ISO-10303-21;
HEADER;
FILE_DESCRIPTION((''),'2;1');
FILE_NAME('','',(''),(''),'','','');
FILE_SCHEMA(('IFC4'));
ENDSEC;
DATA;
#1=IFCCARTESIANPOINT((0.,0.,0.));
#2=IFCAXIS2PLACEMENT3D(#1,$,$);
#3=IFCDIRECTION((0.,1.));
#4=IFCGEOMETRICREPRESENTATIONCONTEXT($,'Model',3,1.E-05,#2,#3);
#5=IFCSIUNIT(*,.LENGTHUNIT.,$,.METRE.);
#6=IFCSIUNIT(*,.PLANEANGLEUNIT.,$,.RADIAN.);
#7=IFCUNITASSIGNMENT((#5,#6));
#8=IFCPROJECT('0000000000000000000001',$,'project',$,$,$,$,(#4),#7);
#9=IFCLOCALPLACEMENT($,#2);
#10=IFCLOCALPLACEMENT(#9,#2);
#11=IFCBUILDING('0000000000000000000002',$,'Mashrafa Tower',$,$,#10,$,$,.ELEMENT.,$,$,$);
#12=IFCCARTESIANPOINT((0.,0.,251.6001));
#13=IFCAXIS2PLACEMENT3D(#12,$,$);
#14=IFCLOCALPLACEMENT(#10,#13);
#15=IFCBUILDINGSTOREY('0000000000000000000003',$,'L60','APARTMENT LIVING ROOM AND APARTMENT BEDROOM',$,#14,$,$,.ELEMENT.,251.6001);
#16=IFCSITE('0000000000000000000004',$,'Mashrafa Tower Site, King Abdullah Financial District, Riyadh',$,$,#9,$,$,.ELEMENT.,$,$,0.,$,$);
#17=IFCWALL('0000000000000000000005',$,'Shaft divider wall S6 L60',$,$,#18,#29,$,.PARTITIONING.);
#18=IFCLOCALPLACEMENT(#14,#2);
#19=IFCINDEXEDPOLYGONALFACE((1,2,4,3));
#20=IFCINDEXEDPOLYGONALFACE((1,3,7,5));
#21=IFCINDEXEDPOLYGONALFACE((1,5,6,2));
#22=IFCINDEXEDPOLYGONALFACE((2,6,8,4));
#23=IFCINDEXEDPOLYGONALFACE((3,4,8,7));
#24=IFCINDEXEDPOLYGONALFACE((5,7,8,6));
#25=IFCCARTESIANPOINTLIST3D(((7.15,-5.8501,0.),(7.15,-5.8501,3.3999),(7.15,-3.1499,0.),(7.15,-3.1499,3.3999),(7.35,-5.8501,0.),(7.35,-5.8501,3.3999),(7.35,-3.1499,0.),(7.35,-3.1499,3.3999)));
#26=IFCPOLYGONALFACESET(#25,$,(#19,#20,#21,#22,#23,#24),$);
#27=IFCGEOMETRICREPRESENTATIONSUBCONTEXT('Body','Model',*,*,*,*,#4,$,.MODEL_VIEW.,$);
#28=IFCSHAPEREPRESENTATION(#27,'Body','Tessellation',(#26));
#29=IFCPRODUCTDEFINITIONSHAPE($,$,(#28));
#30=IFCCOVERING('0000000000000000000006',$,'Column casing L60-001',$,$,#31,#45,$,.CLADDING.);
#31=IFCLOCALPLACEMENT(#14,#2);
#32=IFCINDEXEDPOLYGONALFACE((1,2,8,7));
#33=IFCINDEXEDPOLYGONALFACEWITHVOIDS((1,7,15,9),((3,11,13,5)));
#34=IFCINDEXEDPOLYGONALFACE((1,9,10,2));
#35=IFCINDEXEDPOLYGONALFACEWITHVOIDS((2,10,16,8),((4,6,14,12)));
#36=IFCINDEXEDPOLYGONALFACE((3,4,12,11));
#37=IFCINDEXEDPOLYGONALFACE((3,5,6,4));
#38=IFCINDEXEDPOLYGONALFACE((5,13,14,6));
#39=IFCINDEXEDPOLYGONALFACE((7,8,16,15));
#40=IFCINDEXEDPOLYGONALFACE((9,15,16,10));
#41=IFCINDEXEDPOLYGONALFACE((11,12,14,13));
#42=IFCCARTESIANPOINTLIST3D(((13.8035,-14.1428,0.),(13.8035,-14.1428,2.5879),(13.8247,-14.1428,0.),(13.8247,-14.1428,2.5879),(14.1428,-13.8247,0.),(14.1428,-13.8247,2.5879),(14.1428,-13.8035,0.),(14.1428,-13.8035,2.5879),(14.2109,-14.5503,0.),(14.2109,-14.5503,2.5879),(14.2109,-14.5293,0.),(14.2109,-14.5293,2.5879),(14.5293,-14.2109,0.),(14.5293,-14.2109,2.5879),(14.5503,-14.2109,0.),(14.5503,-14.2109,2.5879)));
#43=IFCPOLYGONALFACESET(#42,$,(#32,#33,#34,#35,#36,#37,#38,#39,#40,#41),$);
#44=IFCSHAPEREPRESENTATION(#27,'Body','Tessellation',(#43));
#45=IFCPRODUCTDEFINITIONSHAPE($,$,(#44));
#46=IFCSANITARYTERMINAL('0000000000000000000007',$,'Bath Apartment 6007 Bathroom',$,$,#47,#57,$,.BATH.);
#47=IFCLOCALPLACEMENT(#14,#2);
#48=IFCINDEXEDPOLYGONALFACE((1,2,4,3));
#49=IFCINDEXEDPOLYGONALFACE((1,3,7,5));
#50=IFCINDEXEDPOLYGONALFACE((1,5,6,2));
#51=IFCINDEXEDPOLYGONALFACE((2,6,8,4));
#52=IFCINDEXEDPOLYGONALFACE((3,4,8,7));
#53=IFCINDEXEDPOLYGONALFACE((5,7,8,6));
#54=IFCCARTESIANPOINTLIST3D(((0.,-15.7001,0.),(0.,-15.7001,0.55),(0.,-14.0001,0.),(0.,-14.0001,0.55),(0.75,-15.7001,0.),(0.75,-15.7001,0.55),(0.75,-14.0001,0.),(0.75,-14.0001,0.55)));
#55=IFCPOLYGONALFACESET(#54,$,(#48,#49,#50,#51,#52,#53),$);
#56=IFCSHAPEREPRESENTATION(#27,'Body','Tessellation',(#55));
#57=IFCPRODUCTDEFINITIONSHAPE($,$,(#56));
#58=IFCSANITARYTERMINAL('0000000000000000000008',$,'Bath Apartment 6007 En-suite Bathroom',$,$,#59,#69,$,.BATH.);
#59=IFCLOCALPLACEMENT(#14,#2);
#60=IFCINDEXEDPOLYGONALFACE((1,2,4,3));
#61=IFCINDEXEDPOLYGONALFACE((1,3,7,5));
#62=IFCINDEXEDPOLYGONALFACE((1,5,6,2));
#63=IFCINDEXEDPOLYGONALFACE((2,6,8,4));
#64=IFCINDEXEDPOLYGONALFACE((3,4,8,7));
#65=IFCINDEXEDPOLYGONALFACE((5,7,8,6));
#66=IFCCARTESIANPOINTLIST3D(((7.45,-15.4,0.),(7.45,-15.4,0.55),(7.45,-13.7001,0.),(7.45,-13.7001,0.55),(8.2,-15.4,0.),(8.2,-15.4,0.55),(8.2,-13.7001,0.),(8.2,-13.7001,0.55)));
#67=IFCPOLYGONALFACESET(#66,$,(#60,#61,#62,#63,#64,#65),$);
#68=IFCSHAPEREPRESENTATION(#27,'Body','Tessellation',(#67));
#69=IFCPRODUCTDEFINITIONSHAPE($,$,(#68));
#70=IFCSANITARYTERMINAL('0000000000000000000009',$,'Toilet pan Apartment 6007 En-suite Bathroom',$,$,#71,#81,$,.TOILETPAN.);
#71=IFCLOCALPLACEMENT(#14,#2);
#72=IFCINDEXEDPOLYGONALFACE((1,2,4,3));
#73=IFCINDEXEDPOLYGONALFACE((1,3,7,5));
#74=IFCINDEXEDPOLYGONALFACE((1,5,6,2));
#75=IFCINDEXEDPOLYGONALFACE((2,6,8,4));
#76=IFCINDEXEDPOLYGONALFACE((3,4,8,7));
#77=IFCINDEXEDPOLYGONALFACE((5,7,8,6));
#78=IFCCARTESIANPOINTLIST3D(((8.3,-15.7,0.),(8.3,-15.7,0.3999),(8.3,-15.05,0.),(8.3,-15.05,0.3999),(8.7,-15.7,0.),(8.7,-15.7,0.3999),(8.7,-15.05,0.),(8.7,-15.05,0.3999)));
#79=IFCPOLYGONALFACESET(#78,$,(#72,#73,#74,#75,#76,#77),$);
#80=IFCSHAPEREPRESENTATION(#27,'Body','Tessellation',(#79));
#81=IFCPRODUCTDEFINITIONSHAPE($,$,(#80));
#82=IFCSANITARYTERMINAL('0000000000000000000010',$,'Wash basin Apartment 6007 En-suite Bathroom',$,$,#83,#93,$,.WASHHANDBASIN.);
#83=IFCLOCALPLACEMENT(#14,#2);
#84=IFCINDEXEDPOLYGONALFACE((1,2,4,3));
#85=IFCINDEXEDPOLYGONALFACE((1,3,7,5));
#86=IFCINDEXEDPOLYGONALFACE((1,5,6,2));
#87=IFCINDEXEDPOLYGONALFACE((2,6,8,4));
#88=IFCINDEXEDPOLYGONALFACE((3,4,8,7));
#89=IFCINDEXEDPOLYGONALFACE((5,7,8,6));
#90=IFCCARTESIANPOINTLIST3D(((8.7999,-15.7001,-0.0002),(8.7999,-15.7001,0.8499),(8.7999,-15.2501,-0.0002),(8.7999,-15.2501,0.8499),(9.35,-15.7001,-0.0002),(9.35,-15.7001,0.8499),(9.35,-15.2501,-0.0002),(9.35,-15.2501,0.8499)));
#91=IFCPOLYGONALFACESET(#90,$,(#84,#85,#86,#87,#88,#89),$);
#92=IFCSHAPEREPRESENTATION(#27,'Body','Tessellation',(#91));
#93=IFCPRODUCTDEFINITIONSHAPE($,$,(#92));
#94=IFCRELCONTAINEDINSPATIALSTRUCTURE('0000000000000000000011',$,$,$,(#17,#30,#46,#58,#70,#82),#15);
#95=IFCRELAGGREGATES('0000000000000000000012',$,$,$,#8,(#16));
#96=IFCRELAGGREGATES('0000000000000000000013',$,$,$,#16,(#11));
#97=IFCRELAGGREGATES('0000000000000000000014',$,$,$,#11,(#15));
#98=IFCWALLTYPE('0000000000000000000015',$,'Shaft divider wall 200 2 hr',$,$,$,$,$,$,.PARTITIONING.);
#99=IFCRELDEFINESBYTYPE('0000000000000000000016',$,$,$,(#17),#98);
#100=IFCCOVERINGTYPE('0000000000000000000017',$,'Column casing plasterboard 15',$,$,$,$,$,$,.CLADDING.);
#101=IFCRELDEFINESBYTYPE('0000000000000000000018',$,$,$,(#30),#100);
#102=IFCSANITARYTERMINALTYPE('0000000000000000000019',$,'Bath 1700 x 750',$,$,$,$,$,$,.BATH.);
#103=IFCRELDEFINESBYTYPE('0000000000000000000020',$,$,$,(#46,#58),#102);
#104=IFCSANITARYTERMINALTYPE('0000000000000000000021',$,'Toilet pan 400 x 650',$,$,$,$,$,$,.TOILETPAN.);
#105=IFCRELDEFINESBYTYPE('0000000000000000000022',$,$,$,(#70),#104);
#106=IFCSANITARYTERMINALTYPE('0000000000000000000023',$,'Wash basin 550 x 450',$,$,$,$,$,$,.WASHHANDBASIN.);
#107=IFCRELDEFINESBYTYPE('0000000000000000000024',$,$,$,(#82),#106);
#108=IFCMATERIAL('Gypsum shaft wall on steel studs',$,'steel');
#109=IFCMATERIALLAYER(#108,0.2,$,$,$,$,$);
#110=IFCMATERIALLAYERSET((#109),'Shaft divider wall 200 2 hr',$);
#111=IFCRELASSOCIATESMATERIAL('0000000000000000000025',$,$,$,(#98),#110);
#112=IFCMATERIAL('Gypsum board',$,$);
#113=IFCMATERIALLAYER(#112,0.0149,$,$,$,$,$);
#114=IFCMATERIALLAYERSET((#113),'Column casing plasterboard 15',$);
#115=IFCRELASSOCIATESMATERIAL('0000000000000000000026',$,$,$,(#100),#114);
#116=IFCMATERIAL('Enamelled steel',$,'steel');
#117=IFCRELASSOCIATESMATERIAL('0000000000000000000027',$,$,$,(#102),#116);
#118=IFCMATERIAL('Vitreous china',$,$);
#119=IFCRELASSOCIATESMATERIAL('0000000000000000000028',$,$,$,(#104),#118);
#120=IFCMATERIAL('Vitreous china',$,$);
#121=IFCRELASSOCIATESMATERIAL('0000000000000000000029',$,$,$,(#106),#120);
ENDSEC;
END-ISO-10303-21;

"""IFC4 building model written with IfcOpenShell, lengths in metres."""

from ifc_helpers import new_model, si_unit, direction, frame, frame_2d, origin, origin_2d, place, context, subcontext, project, spatial, polyline, rectangle, outline, extrude, material, layer, layer_set, type_object, element, save


model = new_model("IFC4")

# Units and contexts
model_context = context("Model", 3, precision=1e-05, world=origin(), true_north=direction((0.0, 1.0)))
body_context = subcontext(model_context, "Body", "Model", "MODEL_VIEW")
ifc_project = project(units=[si_unit("LENGTHUNIT", "METRE"), si_unit("PLANEANGLEUNIT", "RADIAN")], contexts=[model_context])

# Site, building, storey
site_placement = place(None, origin())
site = spatial("IfcSite", under=ifc_project, at=site_placement, Name="Mashrafa Tower Site, King Abdullah Financial District, Riyadh", CompositionType="ELEMENT", RefElevation=0.0)
building_placement = place(site_placement, origin())
building = spatial("IfcBuilding", under=site, at=building_placement, Name="Mashrafa Tower", CompositionType="ELEMENT")
storey_placement = place(building_placement, frame((0.0, 0.0, 251.6001)))
storey = spatial("IfcBuildingStorey", under=building, at=storey_placement, Name="L60", Description="APARTMENT LIVING ROOM AND APARTMENT BEDROOM", CompositionType="ELEMENT", Elevation=251.6001)

# Wall
ifc_material_1 = material(Name="Gypsum shaft wall on steel studs", Category="steel")
ifc_layer_1 = layer(ifc_material_1, 0.2)
ifc_layer_set_1 = layer_set([ifc_layer_1], Name="Shaft divider wall 200 2 hr")
wall_type_1 = type_object("IfcWallType", Name="Shaft divider wall 200 2 hr", PredefinedType="PARTITIONING", material=ifc_layer_set_1)
wall_1_placement = place(storey_placement, frame((7.25, -5.8501, 0.0), z_axis=(0.0, 0.0, 1.0), x_axis=(0.0, 1.0, 0.0)))
element("IfcWall", 1, at=wall_1_placement, inside=storey, type_object=wall_type_1, Name="Shaft divider wall S6 L60", PredefinedType="PARTITIONING", context=body_context, shape_type="SweptSolid", body=[
    extrude(rectangle(XDim=2.7002, YDim=0.2, at=frame_2d((1.3501, 0.0))), origin(), (0.0, 0.0, 1.0), 3.3999),
])

# Covering
ifc_material_2 = material(Name="Gypsum board")
ifc_layer_2 = layer(ifc_material_2, 0.0149)
ifc_layer_set_2 = layer_set([ifc_layer_2], Name="Column casing plasterboard 15")
covering_type = type_object("IfcCoveringType", Name="Column casing plasterboard 15", PredefinedType="CLADDING", material=ifc_layer_set_2)
covering_placement = place(storey_placement, origin())
element("IfcCovering", 2, at=covering_placement, inside=storey, type_object=covering_type, Name="Column casing L60-001", PredefinedType="CLADDING", context=body_context, shape_type="SweptSolid", body=[
    extrude(outline(polyline([(13.8035, -14.1428), (14.1428, -13.8035), (14.5503, -14.2109), (14.2109, -14.5503), (13.8035, -14.1428)]), holes=[polyline([(14.5293, -14.2109), (14.1428, -13.8247), (13.8247, -14.1428), (14.2109, -14.5293), (14.5293, -14.2109)])]), origin(), (0.0, 0.0, 1.0), 2.5879),
])

# Sanitary terminals
ifc_material_3 = material(Name="Enamelled steel", Category="steel")
sanitary_terminal_type_1 = type_object("IfcSanitaryTerminalType", Name="Bath 1700 x 750", PredefinedType="BATH", material=ifc_material_3)
for number, where, z_axis, x_axis, name in (
    (3, (0.375, -14.8501, 0.0), (0.0, 0.0, 1.0), (0.0, 1.0, 0.0), "Bath Apartment 6007 Bathroom"),
    (4, (7.825, -14.55, 0.0), (0.0, 0.0, 1.0), (0.0, -1.0, 0.0), "Bath Apartment 6007 En-suite Bathroom"),
):
    element("IfcSanitaryTerminal", number, at=place(storey_placement, frame(where, z_axis=z_axis, x_axis=x_axis)), inside=storey, type_object=sanitary_terminal_type_1, Name=name, PredefinedType="BATH", context=body_context, shape_type="SweptSolid", body=[
        extrude(rectangle(XDim=1.7, YDim=0.75, at=origin_2d()), origin(), (0.0, 0.0, 1.0), 0.55),
    ])
ifc_material_4 = material(Name="Vitreous china")
sanitary_terminal_type_2 = type_object("IfcSanitaryTerminalType", Name="Toilet pan 400 x 650", PredefinedType="TOILETPAN", material=ifc_material_4)
sanitary_terminal_1_placement = place(storey_placement, frame((8.5, -15.375, 0.0), z_axis=(0.0, 0.0, 1.0), x_axis=(1.0, 0.0, 0.0)))
element("IfcSanitaryTerminal", 5, at=sanitary_terminal_1_placement, inside=storey, type_object=sanitary_terminal_type_2, Name="Toilet pan Apartment 6007 En-suite Bathroom", PredefinedType="TOILETPAN", context=body_context, shape_type="SweptSolid", body=[
    extrude(rectangle(XDim=0.3999, YDim=0.6499, at=origin_2d()), origin(), (0.0, 0.0, 1.0), 0.3999),
])
ifc_material_5 = material(Name="Vitreous china")
sanitary_terminal_type_3 = type_object("IfcSanitaryTerminalType", Name="Wash basin 550 x 450", PredefinedType="WASHHANDBASIN", material=ifc_material_5)
sanitary_terminal_2_placement = place(storey_placement, frame((9.075, -15.4751, -0.0002), z_axis=(0.0, 0.0, 1.0), x_axis=(1.0, 0.0, 0.0)))
element("IfcSanitaryTerminal", 6, at=sanitary_terminal_2_placement, inside=storey, type_object=sanitary_terminal_type_3, Name="Wash basin Apartment 6007 En-suite Bathroom", PredefinedType="WASHHANDBASIN", context=body_context, shape_type="SweptSolid", body=[
    extrude(rectangle(XDim=0.55, YDim=0.45, at=origin_2d()), origin(), (0.0, 0.0, 1.0), 0.8501),
])

save(model, "model.ifc")
